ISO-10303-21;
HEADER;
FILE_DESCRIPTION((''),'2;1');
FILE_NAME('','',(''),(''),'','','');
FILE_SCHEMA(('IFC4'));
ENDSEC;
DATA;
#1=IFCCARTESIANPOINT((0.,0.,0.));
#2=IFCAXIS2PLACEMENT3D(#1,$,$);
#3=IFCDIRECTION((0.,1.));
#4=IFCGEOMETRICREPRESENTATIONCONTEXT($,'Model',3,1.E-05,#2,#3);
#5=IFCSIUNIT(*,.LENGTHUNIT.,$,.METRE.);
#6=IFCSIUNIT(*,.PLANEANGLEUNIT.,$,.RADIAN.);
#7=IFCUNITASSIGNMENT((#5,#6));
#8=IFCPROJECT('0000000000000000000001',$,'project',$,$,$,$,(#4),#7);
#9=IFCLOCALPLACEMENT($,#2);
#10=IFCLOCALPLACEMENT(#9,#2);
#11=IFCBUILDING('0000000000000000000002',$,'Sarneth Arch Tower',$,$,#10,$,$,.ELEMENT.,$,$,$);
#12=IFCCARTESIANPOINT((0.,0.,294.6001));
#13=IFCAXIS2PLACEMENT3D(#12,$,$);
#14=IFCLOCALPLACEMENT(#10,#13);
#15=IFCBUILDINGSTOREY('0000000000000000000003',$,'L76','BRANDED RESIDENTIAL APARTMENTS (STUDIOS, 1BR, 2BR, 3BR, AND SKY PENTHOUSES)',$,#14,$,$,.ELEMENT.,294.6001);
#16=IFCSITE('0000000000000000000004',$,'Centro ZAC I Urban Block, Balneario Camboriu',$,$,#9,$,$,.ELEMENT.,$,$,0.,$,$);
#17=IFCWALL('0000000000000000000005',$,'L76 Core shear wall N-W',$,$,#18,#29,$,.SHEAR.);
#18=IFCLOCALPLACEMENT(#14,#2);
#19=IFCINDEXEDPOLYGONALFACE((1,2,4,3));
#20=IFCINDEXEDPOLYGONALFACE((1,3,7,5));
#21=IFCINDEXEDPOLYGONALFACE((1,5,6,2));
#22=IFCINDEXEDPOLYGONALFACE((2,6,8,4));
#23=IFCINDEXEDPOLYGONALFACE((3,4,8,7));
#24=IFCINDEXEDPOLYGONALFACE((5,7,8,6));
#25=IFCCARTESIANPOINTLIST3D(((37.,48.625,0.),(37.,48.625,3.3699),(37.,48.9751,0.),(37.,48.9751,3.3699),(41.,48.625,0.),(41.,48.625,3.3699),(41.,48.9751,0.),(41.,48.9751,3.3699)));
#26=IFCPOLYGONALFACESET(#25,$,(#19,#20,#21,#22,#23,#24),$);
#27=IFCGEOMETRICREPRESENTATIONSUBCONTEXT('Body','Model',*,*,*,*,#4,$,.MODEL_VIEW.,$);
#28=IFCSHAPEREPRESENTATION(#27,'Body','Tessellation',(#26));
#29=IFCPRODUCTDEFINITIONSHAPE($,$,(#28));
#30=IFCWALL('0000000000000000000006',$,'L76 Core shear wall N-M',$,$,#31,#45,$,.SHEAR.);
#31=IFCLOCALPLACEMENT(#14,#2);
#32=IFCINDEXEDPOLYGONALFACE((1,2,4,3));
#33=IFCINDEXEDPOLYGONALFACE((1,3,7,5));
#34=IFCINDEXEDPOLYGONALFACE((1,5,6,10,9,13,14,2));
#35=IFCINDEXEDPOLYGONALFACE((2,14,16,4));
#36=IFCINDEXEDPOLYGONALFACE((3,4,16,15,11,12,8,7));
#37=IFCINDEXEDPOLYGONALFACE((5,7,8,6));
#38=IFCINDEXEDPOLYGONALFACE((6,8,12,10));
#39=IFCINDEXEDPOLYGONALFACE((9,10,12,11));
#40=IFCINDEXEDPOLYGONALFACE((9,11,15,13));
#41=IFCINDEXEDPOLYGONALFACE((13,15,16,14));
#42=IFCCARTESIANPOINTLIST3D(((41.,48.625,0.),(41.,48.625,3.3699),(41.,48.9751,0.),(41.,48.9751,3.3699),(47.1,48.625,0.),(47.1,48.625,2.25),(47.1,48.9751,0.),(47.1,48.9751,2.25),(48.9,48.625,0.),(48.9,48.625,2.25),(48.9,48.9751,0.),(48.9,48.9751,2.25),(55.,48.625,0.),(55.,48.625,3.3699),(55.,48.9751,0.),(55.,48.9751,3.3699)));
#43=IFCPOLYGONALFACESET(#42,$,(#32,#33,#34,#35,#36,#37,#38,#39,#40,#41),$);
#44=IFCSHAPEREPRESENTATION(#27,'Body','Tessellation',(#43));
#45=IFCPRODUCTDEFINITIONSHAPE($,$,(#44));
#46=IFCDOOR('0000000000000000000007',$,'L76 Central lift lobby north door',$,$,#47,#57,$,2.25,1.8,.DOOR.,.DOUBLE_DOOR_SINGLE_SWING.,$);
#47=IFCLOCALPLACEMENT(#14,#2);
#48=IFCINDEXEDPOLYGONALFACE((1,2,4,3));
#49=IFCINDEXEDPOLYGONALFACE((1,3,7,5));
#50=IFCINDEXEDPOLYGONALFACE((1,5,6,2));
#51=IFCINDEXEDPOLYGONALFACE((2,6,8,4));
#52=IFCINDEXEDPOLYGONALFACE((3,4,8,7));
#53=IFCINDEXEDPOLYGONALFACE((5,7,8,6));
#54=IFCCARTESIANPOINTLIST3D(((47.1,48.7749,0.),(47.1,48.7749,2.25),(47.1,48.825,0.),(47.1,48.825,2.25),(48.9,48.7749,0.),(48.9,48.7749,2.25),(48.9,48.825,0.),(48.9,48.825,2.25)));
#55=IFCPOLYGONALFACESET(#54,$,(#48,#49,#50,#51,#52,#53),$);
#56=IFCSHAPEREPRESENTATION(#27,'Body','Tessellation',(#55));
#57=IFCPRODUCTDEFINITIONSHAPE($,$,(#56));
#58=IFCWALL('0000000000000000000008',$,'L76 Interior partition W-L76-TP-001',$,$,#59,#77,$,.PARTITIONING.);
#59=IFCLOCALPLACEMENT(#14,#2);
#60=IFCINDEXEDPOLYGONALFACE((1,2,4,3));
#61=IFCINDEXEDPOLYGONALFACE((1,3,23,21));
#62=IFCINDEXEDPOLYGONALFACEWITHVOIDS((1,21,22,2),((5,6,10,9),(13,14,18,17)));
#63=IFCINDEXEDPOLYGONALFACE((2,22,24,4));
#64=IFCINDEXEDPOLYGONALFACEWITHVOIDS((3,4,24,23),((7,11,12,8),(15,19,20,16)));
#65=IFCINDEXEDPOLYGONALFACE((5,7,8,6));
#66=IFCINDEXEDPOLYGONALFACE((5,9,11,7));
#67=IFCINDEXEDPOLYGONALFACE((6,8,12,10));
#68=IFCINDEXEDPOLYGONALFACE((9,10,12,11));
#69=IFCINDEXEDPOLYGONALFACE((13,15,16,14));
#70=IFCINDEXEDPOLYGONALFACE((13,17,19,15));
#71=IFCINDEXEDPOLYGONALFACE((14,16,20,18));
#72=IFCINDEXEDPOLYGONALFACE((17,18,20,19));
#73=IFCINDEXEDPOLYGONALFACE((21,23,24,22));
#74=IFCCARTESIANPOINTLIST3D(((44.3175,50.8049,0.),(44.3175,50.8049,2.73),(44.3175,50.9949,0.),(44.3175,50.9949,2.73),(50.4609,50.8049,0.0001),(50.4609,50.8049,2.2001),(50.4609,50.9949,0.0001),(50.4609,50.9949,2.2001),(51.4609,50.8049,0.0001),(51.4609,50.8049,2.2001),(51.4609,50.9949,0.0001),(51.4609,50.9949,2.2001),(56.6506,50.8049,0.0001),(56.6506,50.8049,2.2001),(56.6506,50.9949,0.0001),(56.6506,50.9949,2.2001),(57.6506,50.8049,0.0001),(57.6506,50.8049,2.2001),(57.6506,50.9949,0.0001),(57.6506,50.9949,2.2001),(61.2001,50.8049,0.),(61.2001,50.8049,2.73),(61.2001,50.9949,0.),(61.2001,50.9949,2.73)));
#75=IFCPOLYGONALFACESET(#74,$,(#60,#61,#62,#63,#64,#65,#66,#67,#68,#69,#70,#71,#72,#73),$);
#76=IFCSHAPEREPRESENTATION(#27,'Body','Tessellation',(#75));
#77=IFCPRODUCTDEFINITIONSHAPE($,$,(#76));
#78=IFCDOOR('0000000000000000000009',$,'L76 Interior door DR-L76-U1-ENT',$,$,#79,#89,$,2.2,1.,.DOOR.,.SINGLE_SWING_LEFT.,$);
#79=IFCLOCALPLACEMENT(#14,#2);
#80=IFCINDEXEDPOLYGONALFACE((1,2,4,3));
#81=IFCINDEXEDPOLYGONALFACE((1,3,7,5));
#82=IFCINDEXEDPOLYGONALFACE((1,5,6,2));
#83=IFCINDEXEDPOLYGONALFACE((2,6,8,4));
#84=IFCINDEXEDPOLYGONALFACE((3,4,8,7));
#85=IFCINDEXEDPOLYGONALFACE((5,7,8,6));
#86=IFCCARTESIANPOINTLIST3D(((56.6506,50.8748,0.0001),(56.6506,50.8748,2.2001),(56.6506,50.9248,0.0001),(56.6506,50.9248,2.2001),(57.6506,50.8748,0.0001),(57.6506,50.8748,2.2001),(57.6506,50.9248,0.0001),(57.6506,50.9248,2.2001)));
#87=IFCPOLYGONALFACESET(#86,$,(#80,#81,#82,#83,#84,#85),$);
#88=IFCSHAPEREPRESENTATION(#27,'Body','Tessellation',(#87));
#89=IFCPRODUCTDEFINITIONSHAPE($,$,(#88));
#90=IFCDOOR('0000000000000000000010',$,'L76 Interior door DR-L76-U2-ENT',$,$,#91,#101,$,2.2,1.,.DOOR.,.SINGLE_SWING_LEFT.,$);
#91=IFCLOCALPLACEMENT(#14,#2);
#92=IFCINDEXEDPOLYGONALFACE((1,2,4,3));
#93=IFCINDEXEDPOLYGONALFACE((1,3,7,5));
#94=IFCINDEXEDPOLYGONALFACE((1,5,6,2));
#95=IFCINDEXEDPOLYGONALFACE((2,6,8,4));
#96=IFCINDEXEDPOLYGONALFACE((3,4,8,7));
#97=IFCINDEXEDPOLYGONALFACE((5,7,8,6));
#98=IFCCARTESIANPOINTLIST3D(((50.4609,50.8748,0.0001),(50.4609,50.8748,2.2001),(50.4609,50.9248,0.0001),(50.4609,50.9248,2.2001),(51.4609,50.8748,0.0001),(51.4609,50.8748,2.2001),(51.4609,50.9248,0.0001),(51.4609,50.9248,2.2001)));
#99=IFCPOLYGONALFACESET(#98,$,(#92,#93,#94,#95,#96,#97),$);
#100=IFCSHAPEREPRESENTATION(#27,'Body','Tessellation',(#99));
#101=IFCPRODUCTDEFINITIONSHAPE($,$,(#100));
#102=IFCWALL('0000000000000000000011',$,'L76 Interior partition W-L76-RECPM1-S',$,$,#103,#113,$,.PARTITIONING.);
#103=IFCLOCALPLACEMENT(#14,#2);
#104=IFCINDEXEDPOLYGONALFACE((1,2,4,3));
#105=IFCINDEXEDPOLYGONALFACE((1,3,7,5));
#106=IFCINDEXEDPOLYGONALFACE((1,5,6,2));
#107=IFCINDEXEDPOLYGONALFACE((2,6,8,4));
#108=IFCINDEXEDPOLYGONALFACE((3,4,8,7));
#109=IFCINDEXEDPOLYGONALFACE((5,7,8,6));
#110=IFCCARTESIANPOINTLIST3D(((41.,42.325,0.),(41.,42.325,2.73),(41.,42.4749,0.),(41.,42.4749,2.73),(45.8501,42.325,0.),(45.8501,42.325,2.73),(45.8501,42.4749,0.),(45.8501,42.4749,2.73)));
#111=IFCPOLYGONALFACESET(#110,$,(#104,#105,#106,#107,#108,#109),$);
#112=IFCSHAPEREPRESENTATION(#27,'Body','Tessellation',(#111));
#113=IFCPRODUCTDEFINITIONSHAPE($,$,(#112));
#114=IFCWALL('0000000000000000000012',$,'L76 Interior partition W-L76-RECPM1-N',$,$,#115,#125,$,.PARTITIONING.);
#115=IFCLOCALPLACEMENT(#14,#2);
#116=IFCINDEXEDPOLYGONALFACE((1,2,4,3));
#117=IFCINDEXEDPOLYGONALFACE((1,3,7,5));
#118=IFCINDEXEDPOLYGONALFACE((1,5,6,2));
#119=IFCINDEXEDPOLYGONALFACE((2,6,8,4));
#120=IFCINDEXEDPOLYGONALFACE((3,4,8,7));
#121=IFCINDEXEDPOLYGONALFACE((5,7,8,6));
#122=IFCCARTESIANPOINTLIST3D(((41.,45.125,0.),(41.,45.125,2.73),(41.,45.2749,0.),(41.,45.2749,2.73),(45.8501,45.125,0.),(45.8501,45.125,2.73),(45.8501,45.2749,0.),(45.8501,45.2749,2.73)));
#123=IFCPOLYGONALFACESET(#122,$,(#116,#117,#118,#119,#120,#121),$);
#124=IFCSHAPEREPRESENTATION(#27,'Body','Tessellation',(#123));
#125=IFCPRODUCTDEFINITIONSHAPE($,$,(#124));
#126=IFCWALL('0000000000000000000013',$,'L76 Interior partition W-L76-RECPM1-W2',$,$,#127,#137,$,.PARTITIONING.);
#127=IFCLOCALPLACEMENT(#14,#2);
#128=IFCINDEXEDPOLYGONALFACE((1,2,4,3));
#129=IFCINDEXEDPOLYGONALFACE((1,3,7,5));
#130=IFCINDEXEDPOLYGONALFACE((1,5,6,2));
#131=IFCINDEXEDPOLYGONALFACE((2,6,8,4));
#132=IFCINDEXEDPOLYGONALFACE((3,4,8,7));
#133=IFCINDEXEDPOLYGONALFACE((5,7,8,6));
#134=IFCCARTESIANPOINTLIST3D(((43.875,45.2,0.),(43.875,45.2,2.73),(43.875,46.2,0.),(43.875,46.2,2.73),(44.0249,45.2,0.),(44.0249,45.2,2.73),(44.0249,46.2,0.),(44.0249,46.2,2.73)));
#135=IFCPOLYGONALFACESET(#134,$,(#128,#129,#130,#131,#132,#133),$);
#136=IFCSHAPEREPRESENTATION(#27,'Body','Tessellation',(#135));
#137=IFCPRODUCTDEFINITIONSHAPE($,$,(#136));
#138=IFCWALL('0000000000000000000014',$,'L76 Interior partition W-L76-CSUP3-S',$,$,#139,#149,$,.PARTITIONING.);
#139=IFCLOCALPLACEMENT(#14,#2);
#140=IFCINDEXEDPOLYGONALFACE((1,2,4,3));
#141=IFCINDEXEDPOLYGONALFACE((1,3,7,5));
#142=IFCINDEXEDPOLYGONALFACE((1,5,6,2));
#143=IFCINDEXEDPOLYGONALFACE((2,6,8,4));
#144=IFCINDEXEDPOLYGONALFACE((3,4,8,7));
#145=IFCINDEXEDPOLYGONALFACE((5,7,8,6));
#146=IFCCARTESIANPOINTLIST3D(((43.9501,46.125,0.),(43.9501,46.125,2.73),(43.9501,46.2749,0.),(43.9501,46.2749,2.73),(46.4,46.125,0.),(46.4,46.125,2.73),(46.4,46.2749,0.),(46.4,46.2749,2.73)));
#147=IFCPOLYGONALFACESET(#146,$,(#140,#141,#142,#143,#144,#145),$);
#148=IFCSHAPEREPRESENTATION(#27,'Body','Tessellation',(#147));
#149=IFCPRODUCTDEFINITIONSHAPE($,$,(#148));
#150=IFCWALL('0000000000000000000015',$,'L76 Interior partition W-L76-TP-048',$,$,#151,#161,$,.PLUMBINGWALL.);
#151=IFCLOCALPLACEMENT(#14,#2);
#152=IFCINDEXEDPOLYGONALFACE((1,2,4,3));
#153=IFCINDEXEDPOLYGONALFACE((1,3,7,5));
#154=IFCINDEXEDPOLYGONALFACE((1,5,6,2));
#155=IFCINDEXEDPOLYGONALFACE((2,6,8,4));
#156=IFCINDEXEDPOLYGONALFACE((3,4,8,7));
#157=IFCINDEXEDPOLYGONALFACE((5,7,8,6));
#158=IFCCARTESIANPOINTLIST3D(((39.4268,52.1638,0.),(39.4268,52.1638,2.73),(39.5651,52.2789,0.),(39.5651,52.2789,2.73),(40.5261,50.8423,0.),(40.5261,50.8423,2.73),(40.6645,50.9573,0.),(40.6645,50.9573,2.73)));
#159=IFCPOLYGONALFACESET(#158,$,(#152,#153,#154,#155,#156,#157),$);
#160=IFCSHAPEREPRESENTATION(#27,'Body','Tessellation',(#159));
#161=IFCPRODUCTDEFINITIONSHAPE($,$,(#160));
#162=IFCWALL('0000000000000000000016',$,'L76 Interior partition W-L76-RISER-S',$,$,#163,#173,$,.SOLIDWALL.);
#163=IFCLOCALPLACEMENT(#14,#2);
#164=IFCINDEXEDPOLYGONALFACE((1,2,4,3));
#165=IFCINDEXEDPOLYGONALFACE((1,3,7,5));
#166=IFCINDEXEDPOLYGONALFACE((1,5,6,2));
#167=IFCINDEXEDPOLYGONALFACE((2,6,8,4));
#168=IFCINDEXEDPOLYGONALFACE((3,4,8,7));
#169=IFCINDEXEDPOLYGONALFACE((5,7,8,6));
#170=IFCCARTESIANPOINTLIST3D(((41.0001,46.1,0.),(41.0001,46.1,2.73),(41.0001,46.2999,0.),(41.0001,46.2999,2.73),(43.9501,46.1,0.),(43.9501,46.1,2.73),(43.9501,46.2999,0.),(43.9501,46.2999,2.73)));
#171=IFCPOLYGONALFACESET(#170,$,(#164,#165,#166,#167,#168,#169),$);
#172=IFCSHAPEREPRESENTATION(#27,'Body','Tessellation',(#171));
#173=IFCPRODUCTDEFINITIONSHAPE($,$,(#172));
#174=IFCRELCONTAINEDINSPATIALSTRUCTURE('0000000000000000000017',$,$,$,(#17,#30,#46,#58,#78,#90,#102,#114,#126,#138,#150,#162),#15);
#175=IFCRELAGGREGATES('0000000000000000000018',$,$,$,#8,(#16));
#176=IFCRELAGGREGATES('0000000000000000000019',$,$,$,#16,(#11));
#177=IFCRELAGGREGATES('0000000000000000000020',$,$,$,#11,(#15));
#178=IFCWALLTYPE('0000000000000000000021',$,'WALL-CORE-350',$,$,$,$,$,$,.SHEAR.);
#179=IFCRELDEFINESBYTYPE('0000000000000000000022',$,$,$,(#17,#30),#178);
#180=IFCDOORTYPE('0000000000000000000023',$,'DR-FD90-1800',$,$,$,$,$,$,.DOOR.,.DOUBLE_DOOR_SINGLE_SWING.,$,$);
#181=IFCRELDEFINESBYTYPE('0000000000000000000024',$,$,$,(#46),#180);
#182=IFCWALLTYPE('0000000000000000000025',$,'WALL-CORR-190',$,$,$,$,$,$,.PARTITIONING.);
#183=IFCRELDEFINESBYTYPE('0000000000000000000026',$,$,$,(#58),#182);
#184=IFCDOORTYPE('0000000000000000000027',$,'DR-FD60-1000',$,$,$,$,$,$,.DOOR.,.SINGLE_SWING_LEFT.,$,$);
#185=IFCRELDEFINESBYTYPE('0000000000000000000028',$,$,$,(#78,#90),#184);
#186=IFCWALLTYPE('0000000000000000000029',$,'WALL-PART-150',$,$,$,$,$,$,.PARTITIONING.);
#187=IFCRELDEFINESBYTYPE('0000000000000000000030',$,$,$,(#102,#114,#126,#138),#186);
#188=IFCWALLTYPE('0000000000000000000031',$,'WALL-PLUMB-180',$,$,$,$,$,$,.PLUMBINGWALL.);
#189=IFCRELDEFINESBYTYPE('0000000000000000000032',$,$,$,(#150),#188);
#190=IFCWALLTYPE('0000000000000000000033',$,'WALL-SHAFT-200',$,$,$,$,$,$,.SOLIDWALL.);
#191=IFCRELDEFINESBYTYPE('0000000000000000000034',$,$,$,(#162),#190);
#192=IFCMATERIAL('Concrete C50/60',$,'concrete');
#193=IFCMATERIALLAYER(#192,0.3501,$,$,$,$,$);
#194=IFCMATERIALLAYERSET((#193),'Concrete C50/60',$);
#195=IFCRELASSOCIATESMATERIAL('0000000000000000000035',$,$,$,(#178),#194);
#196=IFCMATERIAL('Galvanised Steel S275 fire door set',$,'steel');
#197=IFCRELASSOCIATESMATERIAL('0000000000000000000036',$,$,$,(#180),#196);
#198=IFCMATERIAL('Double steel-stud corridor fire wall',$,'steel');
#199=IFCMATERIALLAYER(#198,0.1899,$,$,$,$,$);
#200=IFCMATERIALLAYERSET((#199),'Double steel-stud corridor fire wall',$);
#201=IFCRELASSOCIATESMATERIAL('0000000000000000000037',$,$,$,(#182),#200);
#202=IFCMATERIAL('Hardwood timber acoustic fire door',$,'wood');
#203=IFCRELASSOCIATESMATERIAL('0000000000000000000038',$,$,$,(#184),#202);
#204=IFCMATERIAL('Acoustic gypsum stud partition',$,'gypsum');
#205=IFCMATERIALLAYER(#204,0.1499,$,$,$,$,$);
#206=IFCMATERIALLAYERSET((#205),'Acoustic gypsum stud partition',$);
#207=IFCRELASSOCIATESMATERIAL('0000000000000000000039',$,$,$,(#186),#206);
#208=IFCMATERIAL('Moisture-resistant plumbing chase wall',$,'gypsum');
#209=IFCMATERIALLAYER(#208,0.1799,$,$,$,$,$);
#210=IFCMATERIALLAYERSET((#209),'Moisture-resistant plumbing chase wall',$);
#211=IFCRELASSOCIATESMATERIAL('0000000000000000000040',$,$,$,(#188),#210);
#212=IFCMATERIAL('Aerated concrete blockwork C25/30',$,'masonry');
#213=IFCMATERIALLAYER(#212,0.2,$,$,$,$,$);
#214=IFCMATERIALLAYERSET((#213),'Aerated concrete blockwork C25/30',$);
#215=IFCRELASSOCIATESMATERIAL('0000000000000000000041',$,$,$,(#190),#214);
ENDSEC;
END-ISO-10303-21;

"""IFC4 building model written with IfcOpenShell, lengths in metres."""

from ifc_helpers import new_model, si_unit, direction, frame, frame_2d, origin, place, context, subcontext, project, spatial, rectangle, extrude, material, layer, layer_set, type_object, element, fill, save


model = new_model("IFC4")

# Units and contexts
model_context = context("Model", 3, precision=1e-05, world=origin(), true_north=direction((0.0, 1.0)))
body_context = subcontext(model_context, "Body", "Model", "MODEL_VIEW")
ifc_project = project(units=[si_unit("LENGTHUNIT", "METRE"), si_unit("PLANEANGLEUNIT", "RADIAN")], contexts=[model_context])

# Site, building, storey
site_placement = place(None, origin())
site = spatial("IfcSite", under=ifc_project, at=site_placement, Name="Centro ZAC I Urban Block, Balneario Camboriu", CompositionType="ELEMENT", RefElevation=0.0)
building_placement = place(site_placement, origin())
building = spatial("IfcBuilding", under=site, at=building_placement, Name="Sarneth Arch Tower", CompositionType="ELEMENT")
storey_placement = place(building_placement, frame((0.0, 0.0, 294.6001)))
storey = spatial("IfcBuildingStorey", under=building, at=storey_placement, Name="L76", Description="BRANDED RESIDENTIAL APARTMENTS (STUDIOS, 1BR, 2BR, 3BR, AND SKY PENTHOUSES)", CompositionType="ELEMENT", Elevation=294.6001)

# Wall
ifc_material_1 = material(Name="Concrete C50/60", Category="concrete")
ifc_layer_1 = layer(ifc_material_1, 0.3501)
ifc_layer_set_1 = layer_set([ifc_layer_1], Name="Concrete C50/60")
wall_type_1 = type_object("IfcWallType", Name="WALL-CORE-350", PredefinedType="SHEAR", material=ifc_layer_set_1)
wall_1_placement = place(storey_placement, frame((37.0, 48.8, 0.0), z_axis=(0.0, 0.0, 1.0), x_axis=(1.0, 0.0, 0.0)))
element("IfcWall", 1, at=wall_1_placement, inside=storey, type_object=wall_type_1, Name="L76 Core shear wall N-W", PredefinedType="SHEAR", context=body_context, shape_type="SweptSolid", body=[
    extrude(rectangle(XDim=4.0, YDim=0.3501, at=frame_2d((2.0, 0.0))), origin(), (0.0, 0.0, 1.0), 3.3699),
])

# Wall, opening, door
wall_2_placement = place(storey_placement, frame((41.0, 48.8, 0.0), z_axis=(0.0, 0.0, 1.0), x_axis=(1.0, 0.0, 0.0)))
wall_2 = element("IfcWall", 2, at=wall_2_placement, inside=storey, type_object=wall_type_1, Name="L76 Core shear wall N-M", PredefinedType="SHEAR", context=body_context, shape_type="SweptSolid", body=[
    extrude(rectangle(XDim=14.0, YDim=0.3501, at=frame_2d((7.0, 0.0))), origin(), (0.0, 0.0, 1.0), 3.3699),
])
opening_1_placement = place(wall_2_placement, frame((6.1001, 0.0, 0.0)))
opening_1 = element("IfcOpeningElement", 3, at=opening_1_placement, cuts=wall_2, PredefinedType="OPENING", context=body_context, shape_type="SweptSolid", body=[
    extrude(rectangle(XDim=1.8, YDim=2.25, at=frame_2d((0.8999, 1.125))), frame((0.0, 0.1851, 0.0), z_axis=(0.0, -1.0, 0.0), x_axis=(1.0, 0.0, 0.0)), (0.0, 0.0, 1.0), 0.3701),
])
ifc_material_2 = material(Name="Galvanised Steel S275 fire door set", Category="steel")
door_type_1 = type_object("IfcDoorType", Name="DR-FD90-1800", OperationType="DOUBLE_DOOR_SINGLE_SWING", PredefinedType="DOOR", material=ifc_material_2)
door_1_placement = place(opening_1_placement, origin())
door_1 = element("IfcDoor", 4, at=door_1_placement, inside=storey, type_object=door_type_1, Name="L76 Central lift lobby north door", OperationType="DOUBLE_DOOR_SINGLE_SWING", OverallHeight=2.25, OverallWidth=1.8, PredefinedType="DOOR", context=body_context, shape_type="SweptSolid", body=[
    extrude(rectangle(XDim=1.8, YDim=2.25, at=frame_2d((0.8999, 1.125))), frame((0.0, 0.0249, 0.0), z_axis=(0.0, -1.0, 0.0), x_axis=(1.0, 0.0, 0.0)), (0.0, 0.0, 1.0), 0.05),
])
fill(opening_1, door_1)

# Wall, openings, doors
ifc_material_3 = material(Name="Double steel-stud corridor fire wall", Category="steel")
ifc_layer_2 = layer(ifc_material_3, 0.1899)
ifc_layer_set_2 = layer_set([ifc_layer_2], Name="Double steel-stud corridor fire wall")
wall_type_2 = type_object("IfcWallType", Name="WALL-CORR-190", PredefinedType="PARTITIONING", material=ifc_layer_set_2)
wall_3_placement = place(storey_placement, frame((44.3174, 50.8999, 0.0), z_axis=(0.0, 0.0, 1.0), x_axis=(1.0, 0.0, 0.0)))
wall_3 = element("IfcWall", 5, at=wall_3_placement, inside=storey, type_object=wall_type_2, Name="L76 Interior partition W-L76-TP-001", PredefinedType="PARTITIONING", context=body_context, shape_type="SweptSolid", body=[
    extrude(rectangle(XDim=16.8826, YDim=0.1899, at=frame_2d((8.4414, 0.0))), origin(), (0.0, 0.0, 1.0), 2.73),
])
opening_2_placement = place(wall_3_placement, frame((12.3333, 0.0, 0.0)))
opening_2 = element("IfcOpeningElement", 6, at=opening_2_placement, cuts=wall_3, PredefinedType="OPENING", context=body_context, shape_type="SweptSolid", body=[
    extrude(rectangle(XDim=1.0, YDim=2.2, at=frame_2d((0.5, 1.1001))), frame((0.0, 0.105, 0.0), z_axis=(0.0, -1.0, 0.0), x_axis=(1.0, 0.0, 0.0)), (0.0, 0.0, 1.0), 0.21),
])
opening_3_placement = place(wall_3_placement, frame((6.1436, 0.0, 0.0)))
opening_3 = element("IfcOpeningElement", 7, at=opening_3_placement, cuts=wall_3, PredefinedType="OPENING", context=body_context, shape_type="SweptSolid", body=[
    extrude(rectangle(XDim=1.0, YDim=2.2, at=frame_2d((0.5, 1.1001))), frame((0.0, 0.105, 0.0), z_axis=(0.0, -1.0, 0.0), x_axis=(1.0, 0.0, 0.0)), (0.0, 0.0, 1.0), 0.21),
])
ifc_material_4 = material(Name="Hardwood timber acoustic fire door", Category="wood")
door_type_2 = type_object("IfcDoorType", Name="DR-FD60-1000", OperationType="SINGLE_SWING_LEFT", PredefinedType="DOOR", material=ifc_material_4)
door_2_placement = place(opening_2_placement, origin())
door_2 = element("IfcDoor", 8, at=door_2_placement, inside=storey, type_object=door_type_2, Name="L76 Interior door DR-L76-U1-ENT", OperationType="SINGLE_SWING_LEFT", OverallHeight=2.2, OverallWidth=1.0, PredefinedType="DOOR", context=body_context, shape_type="SweptSolid", body=[
    extrude(rectangle(XDim=1.0, YDim=2.2, at=frame_2d((0.5, 1.1001))), frame((0.0, 0.0249, 0.0), z_axis=(0.0, -1.0, 0.0), x_axis=(1.0, 0.0, 0.0)), (0.0, 0.0, 1.0), 0.05),
])
fill(opening_2, door_2)
door_3_placement = place(opening_3_placement, origin())
door_3 = element("IfcDoor", 9, at=door_3_placement, inside=storey, type_object=door_type_2, Name="L76 Interior door DR-L76-U2-ENT", OperationType="SINGLE_SWING_LEFT", OverallHeight=2.2, OverallWidth=1.0, PredefinedType="DOOR", context=body_context, shape_type="SweptSolid", body=[
    extrude(rectangle(XDim=1.0, YDim=2.2, at=frame_2d((0.5, 1.1001))), frame((0.0, 0.0249, 0.0), z_axis=(0.0, -1.0, 0.0), x_axis=(1.0, 0.0, 0.0)), (0.0, 0.0, 1.0), 0.05),
])
fill(opening_3, door_3)

# Walls
ifc_material_5 = material(Name="Acoustic gypsum stud partition", Category="gypsum")
ifc_layer_3 = layer(ifc_material_5, 0.1499)
ifc_layer_set_3 = layer_set([ifc_layer_3], Name="Acoustic gypsum stud partition")
wall_type_3 = type_object("IfcWallType", Name="WALL-PART-150", PredefinedType="PARTITIONING", material=ifc_layer_set_3)
for number, where, z_axis, x_axis, name in (
    (10, (41.0, 42.3999, 0.0), (0.0, 0.0, 1.0), (1.0, 0.0, 0.0), "L76 Interior partition W-L76-RECPM1-S"),
    (11, (41.0, 45.2, 0.0), (0.0, 0.0, 1.0), (1.0, 0.0, 0.0), "L76 Interior partition W-L76-RECPM1-N"),
):
    element("IfcWall", number, at=place(storey_placement, frame(where, z_axis=z_axis, x_axis=x_axis)), inside=storey, type_object=wall_type_3, Name=name, PredefinedType="PARTITIONING", context=body_context, shape_type="SweptSolid", body=[
        extrude(rectangle(XDim=4.8501, YDim=0.1499, at=frame_2d((2.425, 0.0))), origin(), (0.0, 0.0, 1.0), 2.73),
    ])
wall_4_placement = place(storey_placement, frame((43.95, 45.2, 0.0), z_axis=(0.0, 0.0, 1.0), x_axis=(0.0, 1.0, 0.0)))
element("IfcWall", 12, at=wall_4_placement, inside=storey, type_object=wall_type_3, Name="L76 Interior partition W-L76-RECPM1-W2", PredefinedType="PARTITIONING", context=body_context, shape_type="SweptSolid", body=[
    extrude(rectangle(XDim=1.0, YDim=0.1499, at=frame_2d((0.5, 0.0))), origin(), (0.0, 0.0, 1.0), 2.73),
])

# Wall
wall_5_placement = place(storey_placement, frame((43.95, 46.2, 0.0), z_axis=(0.0, 0.0, 1.0), x_axis=(1.0, 0.0, 0.0)))
element("IfcWall", 13, at=wall_5_placement, inside=storey, type_object=wall_type_3, Name="L76 Interior partition W-L76-CSUP3-S", PredefinedType="PARTITIONING", context=body_context, shape_type="SweptSolid", body=[
    extrude(rectangle(XDim=2.45, YDim=0.1499, at=frame_2d((1.2251, 0.0))), origin(), (0.0, 0.0, 1.0), 2.73),
])

# Walls
ifc_material_6 = material(Name="Moisture-resistant plumbing chase wall", Category="gypsum")
ifc_layer_4 = layer(ifc_material_6, 0.1799)
ifc_layer_set_4 = layer_set([ifc_layer_4], Name="Moisture-resistant plumbing chase wall")
wall_type_4 = type_object("IfcWallType", Name="WALL-PLUMB-180", PredefinedType="PLUMBINGWALL", material=ifc_layer_set_4)
wall_6_placement = place(storey_placement, frame((40.5952, 50.8999, 0.0), z_axis=(0.0, 0.0, 1.0), x_axis=(-0.639528, 0.768768, 0.0)))
element("IfcWall", 14, at=wall_6_placement, inside=storey, type_object=wall_type_4, Name="L76 Interior partition W-L76-TP-048", PredefinedType="PLUMBINGWALL", context=body_context, shape_type="SweptSolid", body=[
    extrude(rectangle(XDim=1.719, YDim=0.1799, at=frame_2d((0.8594, 0.0))), origin(), (0.0, 0.0, 1.0), 2.73),
])
ifc_material_7 = material(Name="Aerated concrete blockwork C25/30", Category="masonry")
ifc_layer_5 = layer(ifc_material_7, 0.2)
ifc_layer_set_5 = layer_set([ifc_layer_5], Name="Aerated concrete blockwork C25/30")
wall_type_5 = type_object("IfcWallType", Name="WALL-SHAFT-200", PredefinedType="SOLIDWALL", material=ifc_layer_set_5)
wall_7_placement = place(storey_placement, frame((41.0, 46.2, 0.0), z_axis=(0.0, 0.0, 1.0), x_axis=(1.0, 0.0, 0.0)))
element("IfcWall", 15, at=wall_7_placement, inside=storey, type_object=wall_type_5, Name="L76 Interior partition W-L76-RISER-S", PredefinedType="SOLIDWALL", context=body_context, shape_type="SweptSolid", body=[
    extrude(rectangle(XDim=2.95, YDim=0.2, at=frame_2d((1.4751, 0.0))), origin(), (0.0, 0.0, 1.0), 2.73),
])

save(model, "model.ifc")
